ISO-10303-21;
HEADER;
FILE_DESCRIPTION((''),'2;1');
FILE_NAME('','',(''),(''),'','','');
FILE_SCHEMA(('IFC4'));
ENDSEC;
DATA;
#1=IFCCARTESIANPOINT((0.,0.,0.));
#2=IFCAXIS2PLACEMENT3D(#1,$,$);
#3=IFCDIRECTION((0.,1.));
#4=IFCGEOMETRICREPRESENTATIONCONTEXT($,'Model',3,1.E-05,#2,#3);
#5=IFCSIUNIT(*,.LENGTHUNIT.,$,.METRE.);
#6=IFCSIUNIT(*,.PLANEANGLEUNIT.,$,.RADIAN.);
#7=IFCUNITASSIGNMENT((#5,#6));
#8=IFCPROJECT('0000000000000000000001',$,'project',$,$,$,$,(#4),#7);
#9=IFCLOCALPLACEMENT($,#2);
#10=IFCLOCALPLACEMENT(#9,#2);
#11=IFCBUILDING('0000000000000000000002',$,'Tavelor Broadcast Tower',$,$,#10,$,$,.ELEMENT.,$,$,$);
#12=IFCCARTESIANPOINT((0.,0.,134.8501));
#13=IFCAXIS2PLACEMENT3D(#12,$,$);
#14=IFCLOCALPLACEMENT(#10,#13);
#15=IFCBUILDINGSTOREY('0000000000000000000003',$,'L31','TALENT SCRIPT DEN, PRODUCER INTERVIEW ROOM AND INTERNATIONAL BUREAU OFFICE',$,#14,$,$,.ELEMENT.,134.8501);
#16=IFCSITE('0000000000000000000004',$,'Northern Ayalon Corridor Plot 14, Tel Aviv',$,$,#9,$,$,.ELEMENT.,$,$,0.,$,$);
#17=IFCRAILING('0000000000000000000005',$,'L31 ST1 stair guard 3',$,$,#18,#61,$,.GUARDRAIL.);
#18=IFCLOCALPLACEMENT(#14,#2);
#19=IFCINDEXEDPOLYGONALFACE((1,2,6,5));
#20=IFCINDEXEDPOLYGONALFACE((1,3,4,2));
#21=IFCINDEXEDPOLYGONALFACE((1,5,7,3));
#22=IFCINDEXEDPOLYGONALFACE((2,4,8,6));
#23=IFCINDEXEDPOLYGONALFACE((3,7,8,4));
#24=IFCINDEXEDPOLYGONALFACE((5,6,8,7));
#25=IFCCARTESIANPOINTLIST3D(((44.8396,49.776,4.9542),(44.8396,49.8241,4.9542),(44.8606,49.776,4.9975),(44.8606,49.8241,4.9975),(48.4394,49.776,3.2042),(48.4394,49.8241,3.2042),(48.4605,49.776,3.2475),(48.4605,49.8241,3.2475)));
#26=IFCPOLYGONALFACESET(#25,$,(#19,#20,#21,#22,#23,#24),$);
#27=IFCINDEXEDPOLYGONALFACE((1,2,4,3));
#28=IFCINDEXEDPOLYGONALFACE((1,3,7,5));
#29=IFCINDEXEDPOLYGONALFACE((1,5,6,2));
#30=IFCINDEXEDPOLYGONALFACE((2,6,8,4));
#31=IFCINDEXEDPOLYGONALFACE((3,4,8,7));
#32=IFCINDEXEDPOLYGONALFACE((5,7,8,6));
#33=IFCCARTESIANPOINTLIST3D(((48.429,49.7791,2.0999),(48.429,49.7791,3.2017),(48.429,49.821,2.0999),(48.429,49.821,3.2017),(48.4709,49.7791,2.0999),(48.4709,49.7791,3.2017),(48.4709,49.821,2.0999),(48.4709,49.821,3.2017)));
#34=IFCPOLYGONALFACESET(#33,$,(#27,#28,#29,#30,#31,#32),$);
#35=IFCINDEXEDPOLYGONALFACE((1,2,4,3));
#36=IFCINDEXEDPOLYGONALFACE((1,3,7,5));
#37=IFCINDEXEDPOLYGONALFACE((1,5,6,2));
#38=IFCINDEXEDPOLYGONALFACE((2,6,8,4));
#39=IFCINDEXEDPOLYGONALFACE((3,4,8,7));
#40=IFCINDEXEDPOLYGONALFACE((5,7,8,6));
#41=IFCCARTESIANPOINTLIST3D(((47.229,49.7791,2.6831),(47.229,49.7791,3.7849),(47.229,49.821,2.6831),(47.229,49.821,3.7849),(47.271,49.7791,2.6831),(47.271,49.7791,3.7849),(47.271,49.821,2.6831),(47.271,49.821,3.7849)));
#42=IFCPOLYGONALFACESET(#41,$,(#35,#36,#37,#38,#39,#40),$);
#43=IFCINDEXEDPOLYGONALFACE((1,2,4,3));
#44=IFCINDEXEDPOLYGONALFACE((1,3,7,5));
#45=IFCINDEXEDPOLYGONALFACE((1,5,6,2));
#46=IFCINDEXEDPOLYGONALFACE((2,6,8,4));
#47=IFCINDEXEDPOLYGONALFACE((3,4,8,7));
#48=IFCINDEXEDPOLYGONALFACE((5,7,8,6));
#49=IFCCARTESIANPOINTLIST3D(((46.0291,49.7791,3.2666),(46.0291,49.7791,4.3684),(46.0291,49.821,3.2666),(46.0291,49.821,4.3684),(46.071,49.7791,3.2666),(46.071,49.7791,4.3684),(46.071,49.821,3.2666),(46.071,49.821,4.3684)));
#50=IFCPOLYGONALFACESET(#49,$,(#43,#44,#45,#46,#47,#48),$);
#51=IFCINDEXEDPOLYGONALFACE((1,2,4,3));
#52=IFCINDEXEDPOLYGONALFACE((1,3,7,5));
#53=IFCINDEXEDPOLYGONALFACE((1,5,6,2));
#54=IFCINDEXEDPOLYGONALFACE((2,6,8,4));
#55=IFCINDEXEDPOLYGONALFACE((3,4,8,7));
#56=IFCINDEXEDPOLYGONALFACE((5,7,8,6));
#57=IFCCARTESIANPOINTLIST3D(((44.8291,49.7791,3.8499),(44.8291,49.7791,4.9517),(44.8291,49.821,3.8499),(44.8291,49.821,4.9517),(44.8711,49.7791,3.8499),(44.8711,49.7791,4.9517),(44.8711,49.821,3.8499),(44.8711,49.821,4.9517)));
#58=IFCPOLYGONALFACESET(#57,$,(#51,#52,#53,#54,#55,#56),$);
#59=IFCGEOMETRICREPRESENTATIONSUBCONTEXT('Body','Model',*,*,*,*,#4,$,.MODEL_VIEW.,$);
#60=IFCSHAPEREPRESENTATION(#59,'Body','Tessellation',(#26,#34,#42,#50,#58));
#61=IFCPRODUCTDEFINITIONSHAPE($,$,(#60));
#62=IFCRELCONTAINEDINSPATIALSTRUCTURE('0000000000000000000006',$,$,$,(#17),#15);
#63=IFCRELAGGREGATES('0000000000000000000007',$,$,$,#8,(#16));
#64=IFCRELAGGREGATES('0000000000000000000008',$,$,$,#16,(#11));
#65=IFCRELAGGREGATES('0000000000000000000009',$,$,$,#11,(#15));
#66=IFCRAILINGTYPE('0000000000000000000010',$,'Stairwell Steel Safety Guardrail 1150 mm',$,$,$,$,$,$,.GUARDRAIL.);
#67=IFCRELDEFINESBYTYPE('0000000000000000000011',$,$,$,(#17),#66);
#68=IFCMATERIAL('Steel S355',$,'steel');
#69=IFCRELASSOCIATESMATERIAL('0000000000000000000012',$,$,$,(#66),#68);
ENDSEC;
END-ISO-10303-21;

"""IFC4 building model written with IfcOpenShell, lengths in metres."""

from ifc_helpers import new_model, si_unit, direction, frame, origin, origin_2d, place, context, subcontext, project, spatial, rectangle, extrude, material, type_object, element, save


model = new_model("IFC4")

# Units and contexts
model_context = context("Model", 3, precision=1e-05, world=origin(), true_north=direction((0.0, 1.0)))
body_context = subcontext(model_context, "Body", "Model", "MODEL_VIEW")
ifc_project = project(units=[si_unit("LENGTHUNIT", "METRE"), si_unit("PLANEANGLEUNIT", "RADIAN")], contexts=[model_context])

# Site, building, storey
site_placement = place(None, origin())
site = spatial("IfcSite", under=ifc_project, at=site_placement, Name="Northern Ayalon Corridor Plot 14, Tel Aviv", CompositionType="ELEMENT", RefElevation=0.0)
building_placement = place(site_placement, origin())
building = spatial("IfcBuilding", under=site, at=building_placement, Name="Tavelor Broadcast Tower", CompositionType="ELEMENT")
storey_placement = place(building_placement, frame((0.0, 0.0, 134.8501)))
storey = spatial("IfcBuildingStorey", under=building, at=storey_placement, Name="L31", Description="TALENT SCRIPT DEN, PRODUCER INTERVIEW ROOM AND INTERNATIONAL BUREAU OFFICE", CompositionType="ELEMENT", Elevation=134.8501)

# Shared definitions
ifc_material_1 = material(Name="Steel S355", Category="steel")

# Railing
railing_type_1 = type_object("IfcRailingType", Name="Stairwell Steel Safety Guardrail 1150 mm", PredefinedType="GUARDRAIL", material=ifc_material_1)
railing_1_placement = place(storey_placement, frame((48.45, 49.8, 2.0999)))
element("IfcRailing", 1, at=railing_1_placement, inside=storey, type_object=railing_type_1, Name="L31 ST1 stair guard 3", PredefinedType="GUARDRAIL", context=body_context, shape_type="SweptSolid", body=[
    extrude(rectangle(XDim=0.0481, YDim=0.0481, at=origin_2d()), frame((0.0, 0.0, 1.126), z_axis=(-0.899361, 0.0, 0.437207), x_axis=(0.0, -1.0, 0.0)), (0.0, 0.0, 1.0), 4.0027),
    extrude(rectangle(XDim=0.042, YDim=0.042, at=origin_2d()), origin(), (0.0, 0.0, 1.0), 1.1018),
    extrude(rectangle(XDim=0.042, YDim=0.042, at=origin_2d()), frame((-1.2, 0.0, 0.5833)), (0.0, 0.0, 1.0), 1.1018),
    extrude(rectangle(XDim=0.042, YDim=0.042, at=origin_2d()), frame((-2.3999, 0.0, 1.1667)), (0.0, 0.0, 1.0), 1.1018),
    extrude(rectangle(XDim=0.042, YDim=0.042, at=origin_2d()), frame((-3.5999, 0.0, 1.75)), (0.0, 0.0, 1.0), 1.1018),
])

save(model, "model.ifc")
